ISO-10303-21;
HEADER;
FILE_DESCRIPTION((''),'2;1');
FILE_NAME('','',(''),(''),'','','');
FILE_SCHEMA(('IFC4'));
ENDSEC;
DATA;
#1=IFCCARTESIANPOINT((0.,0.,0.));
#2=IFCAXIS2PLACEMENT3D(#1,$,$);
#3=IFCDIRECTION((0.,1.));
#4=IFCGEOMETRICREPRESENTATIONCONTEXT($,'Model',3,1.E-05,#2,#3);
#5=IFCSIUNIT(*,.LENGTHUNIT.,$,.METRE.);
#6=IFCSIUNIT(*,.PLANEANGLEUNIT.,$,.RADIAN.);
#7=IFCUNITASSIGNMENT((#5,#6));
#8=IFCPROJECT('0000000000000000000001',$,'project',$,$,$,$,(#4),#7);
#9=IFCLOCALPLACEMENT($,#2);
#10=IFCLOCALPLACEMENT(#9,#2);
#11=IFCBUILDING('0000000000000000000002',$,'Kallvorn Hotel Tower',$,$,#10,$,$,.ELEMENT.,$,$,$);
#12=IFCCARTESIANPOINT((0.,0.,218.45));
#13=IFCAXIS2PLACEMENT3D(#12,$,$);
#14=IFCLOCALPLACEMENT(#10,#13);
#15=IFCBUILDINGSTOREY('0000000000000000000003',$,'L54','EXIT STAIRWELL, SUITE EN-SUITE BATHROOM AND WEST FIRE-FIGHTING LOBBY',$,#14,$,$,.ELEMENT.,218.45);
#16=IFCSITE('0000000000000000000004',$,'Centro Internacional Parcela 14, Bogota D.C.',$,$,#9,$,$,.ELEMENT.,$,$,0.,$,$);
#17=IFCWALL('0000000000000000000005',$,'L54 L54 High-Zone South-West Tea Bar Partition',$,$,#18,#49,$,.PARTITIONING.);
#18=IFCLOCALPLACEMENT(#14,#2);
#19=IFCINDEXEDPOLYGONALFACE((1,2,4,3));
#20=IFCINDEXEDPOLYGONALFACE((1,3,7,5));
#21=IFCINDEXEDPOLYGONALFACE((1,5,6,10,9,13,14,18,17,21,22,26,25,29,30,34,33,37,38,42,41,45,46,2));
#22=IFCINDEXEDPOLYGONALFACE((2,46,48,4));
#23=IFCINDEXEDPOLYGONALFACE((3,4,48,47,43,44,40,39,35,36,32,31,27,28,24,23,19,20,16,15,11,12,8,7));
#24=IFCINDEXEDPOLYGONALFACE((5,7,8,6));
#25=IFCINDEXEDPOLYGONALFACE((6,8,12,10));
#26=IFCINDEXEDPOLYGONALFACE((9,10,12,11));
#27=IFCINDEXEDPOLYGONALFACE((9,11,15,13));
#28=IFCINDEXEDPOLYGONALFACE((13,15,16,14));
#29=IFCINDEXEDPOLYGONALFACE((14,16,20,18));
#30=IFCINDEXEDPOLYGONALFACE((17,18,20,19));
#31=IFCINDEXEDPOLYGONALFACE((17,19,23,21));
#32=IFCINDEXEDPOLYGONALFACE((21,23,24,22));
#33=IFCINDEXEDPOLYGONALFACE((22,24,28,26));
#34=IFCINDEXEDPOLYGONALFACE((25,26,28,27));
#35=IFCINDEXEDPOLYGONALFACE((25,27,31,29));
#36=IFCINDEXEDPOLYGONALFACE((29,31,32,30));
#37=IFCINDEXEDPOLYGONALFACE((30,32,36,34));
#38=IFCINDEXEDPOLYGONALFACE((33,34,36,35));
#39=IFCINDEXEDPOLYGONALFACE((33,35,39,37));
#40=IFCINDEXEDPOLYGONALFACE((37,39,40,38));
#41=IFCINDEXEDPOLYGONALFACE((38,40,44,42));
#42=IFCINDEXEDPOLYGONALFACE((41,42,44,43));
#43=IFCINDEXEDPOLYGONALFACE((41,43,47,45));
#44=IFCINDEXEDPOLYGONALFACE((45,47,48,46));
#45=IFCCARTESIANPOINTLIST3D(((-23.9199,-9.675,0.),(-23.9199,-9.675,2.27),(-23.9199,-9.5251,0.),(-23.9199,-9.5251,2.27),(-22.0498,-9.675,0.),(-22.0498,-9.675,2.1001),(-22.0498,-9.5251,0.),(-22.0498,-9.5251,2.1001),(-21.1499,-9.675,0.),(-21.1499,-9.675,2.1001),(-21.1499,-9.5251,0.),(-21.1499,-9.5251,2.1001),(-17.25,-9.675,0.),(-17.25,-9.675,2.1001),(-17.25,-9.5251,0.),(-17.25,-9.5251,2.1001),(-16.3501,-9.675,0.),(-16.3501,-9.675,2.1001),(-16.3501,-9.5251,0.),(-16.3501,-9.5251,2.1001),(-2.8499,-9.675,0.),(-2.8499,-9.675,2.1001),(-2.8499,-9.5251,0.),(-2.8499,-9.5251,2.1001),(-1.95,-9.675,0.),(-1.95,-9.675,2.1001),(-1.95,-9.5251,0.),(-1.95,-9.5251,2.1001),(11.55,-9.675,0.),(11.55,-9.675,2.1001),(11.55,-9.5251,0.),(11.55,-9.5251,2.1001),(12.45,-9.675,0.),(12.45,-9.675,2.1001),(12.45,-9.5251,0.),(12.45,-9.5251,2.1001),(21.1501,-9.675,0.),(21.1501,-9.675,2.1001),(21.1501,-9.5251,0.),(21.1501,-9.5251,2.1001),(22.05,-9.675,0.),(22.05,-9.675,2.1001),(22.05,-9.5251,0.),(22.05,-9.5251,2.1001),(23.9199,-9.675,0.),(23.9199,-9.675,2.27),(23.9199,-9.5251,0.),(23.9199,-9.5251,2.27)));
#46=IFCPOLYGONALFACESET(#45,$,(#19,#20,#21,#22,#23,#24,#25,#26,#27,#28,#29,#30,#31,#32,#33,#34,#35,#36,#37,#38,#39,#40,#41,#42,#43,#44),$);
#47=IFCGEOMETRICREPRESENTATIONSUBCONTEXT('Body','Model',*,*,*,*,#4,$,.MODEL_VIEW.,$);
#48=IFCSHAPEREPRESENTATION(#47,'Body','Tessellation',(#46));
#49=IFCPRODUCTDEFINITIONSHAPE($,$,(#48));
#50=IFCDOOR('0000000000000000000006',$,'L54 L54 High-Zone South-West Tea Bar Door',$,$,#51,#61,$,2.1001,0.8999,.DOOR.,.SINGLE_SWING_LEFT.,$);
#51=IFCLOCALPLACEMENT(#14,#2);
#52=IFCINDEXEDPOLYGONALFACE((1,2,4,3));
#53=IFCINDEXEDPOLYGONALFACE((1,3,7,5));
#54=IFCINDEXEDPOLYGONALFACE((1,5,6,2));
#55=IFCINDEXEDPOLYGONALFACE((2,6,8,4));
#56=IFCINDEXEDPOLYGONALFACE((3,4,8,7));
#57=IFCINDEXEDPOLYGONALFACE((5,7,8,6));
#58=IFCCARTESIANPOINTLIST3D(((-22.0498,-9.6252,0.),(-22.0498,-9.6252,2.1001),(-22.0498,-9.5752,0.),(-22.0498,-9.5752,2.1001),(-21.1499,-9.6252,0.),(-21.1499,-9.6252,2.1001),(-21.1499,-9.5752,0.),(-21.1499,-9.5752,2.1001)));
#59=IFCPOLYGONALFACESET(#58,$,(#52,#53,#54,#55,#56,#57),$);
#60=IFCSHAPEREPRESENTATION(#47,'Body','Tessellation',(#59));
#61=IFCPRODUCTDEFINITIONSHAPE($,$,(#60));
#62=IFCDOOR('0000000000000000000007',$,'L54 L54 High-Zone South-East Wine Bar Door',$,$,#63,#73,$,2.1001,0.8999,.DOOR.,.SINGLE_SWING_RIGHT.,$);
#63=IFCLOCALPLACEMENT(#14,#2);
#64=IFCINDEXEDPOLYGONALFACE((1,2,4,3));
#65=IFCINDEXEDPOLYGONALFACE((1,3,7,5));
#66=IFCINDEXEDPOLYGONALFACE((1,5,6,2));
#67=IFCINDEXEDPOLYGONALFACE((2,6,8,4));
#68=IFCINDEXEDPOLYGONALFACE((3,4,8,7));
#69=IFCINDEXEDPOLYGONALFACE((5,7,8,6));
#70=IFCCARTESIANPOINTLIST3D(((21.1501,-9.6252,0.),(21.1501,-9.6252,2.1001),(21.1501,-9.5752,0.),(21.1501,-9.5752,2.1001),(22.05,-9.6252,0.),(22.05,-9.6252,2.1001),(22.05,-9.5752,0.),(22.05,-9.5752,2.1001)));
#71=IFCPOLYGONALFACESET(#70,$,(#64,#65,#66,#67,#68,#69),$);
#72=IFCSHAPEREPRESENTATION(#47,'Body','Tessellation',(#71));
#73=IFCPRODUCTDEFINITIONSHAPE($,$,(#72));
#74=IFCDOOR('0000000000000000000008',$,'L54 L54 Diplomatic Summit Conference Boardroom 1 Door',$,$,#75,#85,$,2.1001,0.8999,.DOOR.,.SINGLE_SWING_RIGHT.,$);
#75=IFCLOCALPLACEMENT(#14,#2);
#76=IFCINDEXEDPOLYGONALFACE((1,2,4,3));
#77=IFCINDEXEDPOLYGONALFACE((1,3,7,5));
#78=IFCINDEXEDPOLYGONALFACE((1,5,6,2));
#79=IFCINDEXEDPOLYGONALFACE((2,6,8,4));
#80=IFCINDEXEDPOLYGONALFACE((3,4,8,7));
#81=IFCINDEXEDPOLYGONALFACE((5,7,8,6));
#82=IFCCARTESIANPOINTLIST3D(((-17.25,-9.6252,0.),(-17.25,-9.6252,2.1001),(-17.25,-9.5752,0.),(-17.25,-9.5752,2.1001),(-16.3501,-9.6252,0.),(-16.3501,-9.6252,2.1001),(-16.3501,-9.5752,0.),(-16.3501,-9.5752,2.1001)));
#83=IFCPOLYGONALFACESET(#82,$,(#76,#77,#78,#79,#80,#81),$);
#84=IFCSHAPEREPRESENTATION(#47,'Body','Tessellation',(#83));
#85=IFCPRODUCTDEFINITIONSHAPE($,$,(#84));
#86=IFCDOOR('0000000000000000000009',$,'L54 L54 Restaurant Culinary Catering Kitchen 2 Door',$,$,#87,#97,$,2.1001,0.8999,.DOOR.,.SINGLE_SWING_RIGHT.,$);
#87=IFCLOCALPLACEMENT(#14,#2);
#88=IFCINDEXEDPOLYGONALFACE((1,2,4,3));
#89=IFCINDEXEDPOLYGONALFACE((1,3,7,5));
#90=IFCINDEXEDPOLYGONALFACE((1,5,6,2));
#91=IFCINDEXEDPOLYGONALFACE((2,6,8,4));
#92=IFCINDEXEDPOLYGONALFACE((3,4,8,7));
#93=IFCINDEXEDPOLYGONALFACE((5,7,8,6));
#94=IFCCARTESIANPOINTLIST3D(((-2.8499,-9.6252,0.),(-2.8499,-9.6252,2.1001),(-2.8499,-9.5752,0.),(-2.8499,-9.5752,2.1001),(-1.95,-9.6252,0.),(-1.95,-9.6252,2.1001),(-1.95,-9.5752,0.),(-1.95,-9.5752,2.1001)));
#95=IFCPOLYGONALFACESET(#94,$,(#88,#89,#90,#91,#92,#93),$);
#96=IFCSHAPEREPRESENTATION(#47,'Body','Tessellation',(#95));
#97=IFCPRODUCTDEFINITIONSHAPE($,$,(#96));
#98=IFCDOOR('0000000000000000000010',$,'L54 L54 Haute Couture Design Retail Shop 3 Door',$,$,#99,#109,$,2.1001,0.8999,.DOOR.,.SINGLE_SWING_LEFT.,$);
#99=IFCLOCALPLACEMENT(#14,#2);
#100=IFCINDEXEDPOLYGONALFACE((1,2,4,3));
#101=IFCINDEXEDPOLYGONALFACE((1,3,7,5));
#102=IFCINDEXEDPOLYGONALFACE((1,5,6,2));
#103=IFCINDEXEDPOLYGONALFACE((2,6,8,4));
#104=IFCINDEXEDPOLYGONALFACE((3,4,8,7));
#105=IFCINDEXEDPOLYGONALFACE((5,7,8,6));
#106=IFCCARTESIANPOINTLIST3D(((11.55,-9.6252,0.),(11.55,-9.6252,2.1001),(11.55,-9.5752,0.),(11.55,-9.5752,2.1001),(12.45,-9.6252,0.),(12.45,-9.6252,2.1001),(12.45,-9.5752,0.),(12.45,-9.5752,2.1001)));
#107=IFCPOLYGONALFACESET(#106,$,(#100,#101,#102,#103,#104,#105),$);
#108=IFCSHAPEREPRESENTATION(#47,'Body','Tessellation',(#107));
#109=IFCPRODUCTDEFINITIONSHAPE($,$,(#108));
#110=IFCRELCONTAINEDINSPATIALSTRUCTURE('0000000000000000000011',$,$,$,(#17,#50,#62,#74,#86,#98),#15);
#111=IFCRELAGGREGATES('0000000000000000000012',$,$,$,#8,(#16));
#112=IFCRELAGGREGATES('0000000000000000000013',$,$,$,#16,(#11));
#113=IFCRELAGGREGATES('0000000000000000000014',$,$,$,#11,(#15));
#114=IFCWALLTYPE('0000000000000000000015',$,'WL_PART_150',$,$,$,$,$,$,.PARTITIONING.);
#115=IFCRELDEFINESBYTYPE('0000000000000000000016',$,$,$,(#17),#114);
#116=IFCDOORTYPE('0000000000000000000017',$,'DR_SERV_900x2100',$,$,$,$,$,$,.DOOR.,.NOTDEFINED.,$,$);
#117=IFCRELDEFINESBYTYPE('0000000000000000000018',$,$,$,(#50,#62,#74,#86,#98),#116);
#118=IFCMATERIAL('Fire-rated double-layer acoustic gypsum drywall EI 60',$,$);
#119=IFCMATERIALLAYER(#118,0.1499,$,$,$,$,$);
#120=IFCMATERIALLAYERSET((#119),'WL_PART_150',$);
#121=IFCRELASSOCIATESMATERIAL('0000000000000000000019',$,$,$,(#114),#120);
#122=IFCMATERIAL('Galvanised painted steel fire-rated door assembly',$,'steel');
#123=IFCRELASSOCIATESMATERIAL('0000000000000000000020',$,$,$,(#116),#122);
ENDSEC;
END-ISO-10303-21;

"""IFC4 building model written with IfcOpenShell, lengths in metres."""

from ifc_helpers import new_model, si_unit, direction, frame, frame_2d, origin, place, context, subcontext, project, spatial, rectangle, extrude, material, layer, layer_set, type_object, element, fill, save


model = new_model("IFC4")

# Units and contexts
model_context = context("Model", 3, precision=1e-05, world=origin(), true_north=direction((0.0, 1.0)))
body_context = subcontext(model_context, "Body", "Model", "MODEL_VIEW")
ifc_project = project(units=[si_unit("LENGTHUNIT", "METRE"), si_unit("PLANEANGLEUNIT", "RADIAN")], contexts=[model_context])

# Site, building, storey
site_placement = place(None, origin())
site = spatial("IfcSite", under=ifc_project, at=site_placement, Name="Centro Internacional Parcela 14, Bogota D.C.", CompositionType="ELEMENT", RefElevation=0.0)
building_placement = place(site_placement, origin())
building = spatial("IfcBuilding", under=site, at=building_placement, Name="Kallvorn Hotel Tower", CompositionType="ELEMENT")
storey_placement = place(building_placement, frame((0.0, 0.0, 218.45)))
storey = spatial("IfcBuildingStorey", under=building, at=storey_placement, Name="L54", Description="EXIT STAIRWELL, SUITE EN-SUITE BATHROOM AND WEST FIRE-FIGHTING LOBBY", CompositionType="ELEMENT", Elevation=218.45)

# Wall, openings, doors
ifc_material_1 = material(Name="Fire-rated double-layer acoustic gypsum drywall EI 60")
ifc_layer = layer(ifc_material_1, 0.1499)
ifc_layer_set = layer_set([ifc_layer], Name="WL_PART_150")
wall_type = type_object("IfcWallType", Name="WL_PART_150", PredefinedType="PARTITIONING", material=ifc_layer_set)
wall_placement = place(storey_placement, frame((-23.9199, -9.6001, 0.0), z_axis=(0.0, 0.0, 1.0), x_axis=(1.0, 0.0, 0.0)))
wall = element("IfcWall", 1, at=wall_placement, inside=storey, type_object=wall_type, Name="L54 L54 High-Zone South-West Tea Bar Partition", PredefinedType="PARTITIONING", context=body_context, shape_type="SweptSolid", body=[
    extrude(rectangle(XDim=47.8398, YDim=0.1499, at=frame_2d((23.9199, 0.0))), origin(), (0.0, 0.0, 1.0), 2.27),
])
opening_1_placement = place(wall_placement, frame((1.8701, 0.0, 0.0)))
opening_1 = element("IfcOpeningElement", 2, at=opening_1_placement, cuts=wall, PredefinedType="OPENING", context=body_context, shape_type="SweptSolid", body=[
    extrude(rectangle(XDim=0.8999, YDim=2.1001, at=frame_2d((0.45, 1.05))), frame((0.0, 0.0898, 0.0), z_axis=(0.0, -1.0, 0.0), x_axis=(1.0, 0.0, 0.0)), (0.0, 0.0, 1.0), 0.1799),
])
opening_2_placement = place(wall_placement, frame((45.0701, 0.0, 0.0)))
opening_2 = element("IfcOpeningElement", 3, at=opening_2_placement, cuts=wall, PredefinedType="OPENING", context=body_context, shape_type="SweptSolid", body=[
    extrude(rectangle(XDim=0.8999, YDim=2.1001, at=frame_2d((0.45, 1.05))), frame((0.0, 0.0898, 0.0), z_axis=(0.0, -1.0, 0.0), x_axis=(1.0, 0.0, 0.0)), (0.0, 0.0, 1.0), 0.1799),
])
opening_3_placement = place(wall_placement, frame((6.6699, 0.0, 0.0)))
opening_3 = element("IfcOpeningElement", 4, at=opening_3_placement, cuts=wall, PredefinedType="OPENING", context=body_context, shape_type="SweptSolid", body=[
    extrude(rectangle(XDim=0.8999, YDim=2.1001, at=frame_2d((0.45, 1.05))), frame((0.0, 0.0898, 0.0), z_axis=(0.0, -1.0, 0.0), x_axis=(1.0, 0.0, 0.0)), (0.0, 0.0, 1.0), 0.1799),
])
opening_4_placement = place(wall_placement, frame((21.0701, 0.0, 0.0)))
opening_4 = element("IfcOpeningElement", 5, at=opening_4_placement, cuts=wall, PredefinedType="OPENING", context=body_context, shape_type="SweptSolid", body=[
    extrude(rectangle(XDim=0.8999, YDim=2.1001, at=frame_2d((0.45, 1.05))), frame((0.0, 0.0898, 0.0), z_axis=(0.0, -1.0, 0.0), x_axis=(1.0, 0.0, 0.0)), (0.0, 0.0, 1.0), 0.1799),
])
opening_5_placement = place(wall_placement, frame((35.47, 0.0, 0.0)))
opening_5 = element("IfcOpeningElement", 6, at=opening_5_placement, cuts=wall, PredefinedType="OPENING", context=body_context, shape_type="SweptSolid", body=[
    extrude(rectangle(XDim=0.8999, YDim=2.1001, at=frame_2d((0.45, 1.05))), frame((0.0, 0.0898, 0.0), z_axis=(0.0, -1.0, 0.0), x_axis=(1.0, 0.0, 0.0)), (0.0, 0.0, 1.0), 0.1799),
])
ifc_material_2 = material(Name="Galvanised painted steel fire-rated door assembly", Category="steel")
door_type = type_object("IfcDoorType", Name="DR_SERV_900x2100", OperationType="NOTDEFINED", PredefinedType="DOOR", material=ifc_material_2)
door_1_placement = place(opening_1_placement, origin())
door_1 = element("IfcDoor", 7, at=door_1_placement, inside=storey, type_object=door_type, Name="L54 L54 High-Zone South-West Tea Bar Door", OperationType="SINGLE_SWING_LEFT", OverallHeight=2.1001, OverallWidth=0.8999, PredefinedType="DOOR", context=body_context, shape_type="SweptSolid", body=[
    extrude(rectangle(XDim=0.8999, YDim=2.1001, at=frame_2d((0.45, 1.05))), frame((0.0, 0.0249, 0.0), z_axis=(0.0, -1.0, 0.0), x_axis=(1.0, 0.0, 0.0)), (0.0, 0.0, 1.0), 0.05),
])
fill(opening_1, door_1)
door_2_placement = place(opening_2_placement, origin())
door_2 = element("IfcDoor", 8, at=door_2_placement, inside=storey, type_object=door_type, Name="L54 L54 High-Zone South-East Wine Bar Door", OperationType="SINGLE_SWING_RIGHT", OverallHeight=2.1001, OverallWidth=0.8999, PredefinedType="DOOR", context=body_context, shape_type="SweptSolid", body=[
    extrude(rectangle(XDim=0.8999, YDim=2.1001, at=frame_2d((0.45, 1.05))), frame((0.0, 0.0249, 0.0), z_axis=(0.0, -1.0, 0.0), x_axis=(1.0, 0.0, 0.0)), (0.0, 0.0, 1.0), 0.05),
])
fill(opening_2, door_2)
door_3_placement = place(opening_3_placement, origin())
door_3 = element("IfcDoor", 9, at=door_3_placement, inside=storey, type_object=door_type, Name="L54 L54 Diplomatic Summit Conference Boardroom 1 Door", OperationType="SINGLE_SWING_RIGHT", OverallHeight=2.1001, OverallWidth=0.8999, PredefinedType="DOOR", context=body_context, shape_type="SweptSolid", body=[
    extrude(rectangle(XDim=0.8999, YDim=2.1001, at=frame_2d((0.45, 1.05))), frame((0.0, 0.0249, 0.0), z_axis=(0.0, -1.0, 0.0), x_axis=(1.0, 0.0, 0.0)), (0.0, 0.0, 1.0), 0.05),
])
fill(opening_3, door_3)
door_4_placement = place(opening_4_placement, origin())
door_4 = element("IfcDoor", 10, at=door_4_placement, inside=storey, type_object=door_type, Name="L54 L54 Restaurant Culinary Catering Kitchen 2 Door", OperationType="SINGLE_SWING_RIGHT", OverallHeight=2.1001, OverallWidth=0.8999, PredefinedType="DOOR", context=body_context, shape_type="SweptSolid", body=[
    extrude(rectangle(XDim=0.8999, YDim=2.1001, at=frame_2d((0.45, 1.05))), frame((0.0, 0.0249, 0.0), z_axis=(0.0, -1.0, 0.0), x_axis=(1.0, 0.0, 0.0)), (0.0, 0.0, 1.0), 0.05),
])
fill(opening_4, door_4)
door_5_placement = place(opening_5_placement, origin())
door_5 = element("IfcDoor", 11, at=door_5_placement, inside=storey, type_object=door_type, Name="L54 L54 Haute Couture Design Retail Shop 3 Door", OperationType="SINGLE_SWING_LEFT", OverallHeight=2.1001, OverallWidth=0.8999, PredefinedType="DOOR", context=body_context, shape_type="SweptSolid", body=[
    extrude(rectangle(XDim=0.8999, YDim=2.1001, at=frame_2d((0.45, 1.05))), frame((0.0, 0.0249, 0.0), z_axis=(0.0, -1.0, 0.0), x_axis=(1.0, 0.0, 0.0)), (0.0, 0.0, 1.0), 0.05),
])
fill(opening_5, door_5)

save(model, "model.ifc")
